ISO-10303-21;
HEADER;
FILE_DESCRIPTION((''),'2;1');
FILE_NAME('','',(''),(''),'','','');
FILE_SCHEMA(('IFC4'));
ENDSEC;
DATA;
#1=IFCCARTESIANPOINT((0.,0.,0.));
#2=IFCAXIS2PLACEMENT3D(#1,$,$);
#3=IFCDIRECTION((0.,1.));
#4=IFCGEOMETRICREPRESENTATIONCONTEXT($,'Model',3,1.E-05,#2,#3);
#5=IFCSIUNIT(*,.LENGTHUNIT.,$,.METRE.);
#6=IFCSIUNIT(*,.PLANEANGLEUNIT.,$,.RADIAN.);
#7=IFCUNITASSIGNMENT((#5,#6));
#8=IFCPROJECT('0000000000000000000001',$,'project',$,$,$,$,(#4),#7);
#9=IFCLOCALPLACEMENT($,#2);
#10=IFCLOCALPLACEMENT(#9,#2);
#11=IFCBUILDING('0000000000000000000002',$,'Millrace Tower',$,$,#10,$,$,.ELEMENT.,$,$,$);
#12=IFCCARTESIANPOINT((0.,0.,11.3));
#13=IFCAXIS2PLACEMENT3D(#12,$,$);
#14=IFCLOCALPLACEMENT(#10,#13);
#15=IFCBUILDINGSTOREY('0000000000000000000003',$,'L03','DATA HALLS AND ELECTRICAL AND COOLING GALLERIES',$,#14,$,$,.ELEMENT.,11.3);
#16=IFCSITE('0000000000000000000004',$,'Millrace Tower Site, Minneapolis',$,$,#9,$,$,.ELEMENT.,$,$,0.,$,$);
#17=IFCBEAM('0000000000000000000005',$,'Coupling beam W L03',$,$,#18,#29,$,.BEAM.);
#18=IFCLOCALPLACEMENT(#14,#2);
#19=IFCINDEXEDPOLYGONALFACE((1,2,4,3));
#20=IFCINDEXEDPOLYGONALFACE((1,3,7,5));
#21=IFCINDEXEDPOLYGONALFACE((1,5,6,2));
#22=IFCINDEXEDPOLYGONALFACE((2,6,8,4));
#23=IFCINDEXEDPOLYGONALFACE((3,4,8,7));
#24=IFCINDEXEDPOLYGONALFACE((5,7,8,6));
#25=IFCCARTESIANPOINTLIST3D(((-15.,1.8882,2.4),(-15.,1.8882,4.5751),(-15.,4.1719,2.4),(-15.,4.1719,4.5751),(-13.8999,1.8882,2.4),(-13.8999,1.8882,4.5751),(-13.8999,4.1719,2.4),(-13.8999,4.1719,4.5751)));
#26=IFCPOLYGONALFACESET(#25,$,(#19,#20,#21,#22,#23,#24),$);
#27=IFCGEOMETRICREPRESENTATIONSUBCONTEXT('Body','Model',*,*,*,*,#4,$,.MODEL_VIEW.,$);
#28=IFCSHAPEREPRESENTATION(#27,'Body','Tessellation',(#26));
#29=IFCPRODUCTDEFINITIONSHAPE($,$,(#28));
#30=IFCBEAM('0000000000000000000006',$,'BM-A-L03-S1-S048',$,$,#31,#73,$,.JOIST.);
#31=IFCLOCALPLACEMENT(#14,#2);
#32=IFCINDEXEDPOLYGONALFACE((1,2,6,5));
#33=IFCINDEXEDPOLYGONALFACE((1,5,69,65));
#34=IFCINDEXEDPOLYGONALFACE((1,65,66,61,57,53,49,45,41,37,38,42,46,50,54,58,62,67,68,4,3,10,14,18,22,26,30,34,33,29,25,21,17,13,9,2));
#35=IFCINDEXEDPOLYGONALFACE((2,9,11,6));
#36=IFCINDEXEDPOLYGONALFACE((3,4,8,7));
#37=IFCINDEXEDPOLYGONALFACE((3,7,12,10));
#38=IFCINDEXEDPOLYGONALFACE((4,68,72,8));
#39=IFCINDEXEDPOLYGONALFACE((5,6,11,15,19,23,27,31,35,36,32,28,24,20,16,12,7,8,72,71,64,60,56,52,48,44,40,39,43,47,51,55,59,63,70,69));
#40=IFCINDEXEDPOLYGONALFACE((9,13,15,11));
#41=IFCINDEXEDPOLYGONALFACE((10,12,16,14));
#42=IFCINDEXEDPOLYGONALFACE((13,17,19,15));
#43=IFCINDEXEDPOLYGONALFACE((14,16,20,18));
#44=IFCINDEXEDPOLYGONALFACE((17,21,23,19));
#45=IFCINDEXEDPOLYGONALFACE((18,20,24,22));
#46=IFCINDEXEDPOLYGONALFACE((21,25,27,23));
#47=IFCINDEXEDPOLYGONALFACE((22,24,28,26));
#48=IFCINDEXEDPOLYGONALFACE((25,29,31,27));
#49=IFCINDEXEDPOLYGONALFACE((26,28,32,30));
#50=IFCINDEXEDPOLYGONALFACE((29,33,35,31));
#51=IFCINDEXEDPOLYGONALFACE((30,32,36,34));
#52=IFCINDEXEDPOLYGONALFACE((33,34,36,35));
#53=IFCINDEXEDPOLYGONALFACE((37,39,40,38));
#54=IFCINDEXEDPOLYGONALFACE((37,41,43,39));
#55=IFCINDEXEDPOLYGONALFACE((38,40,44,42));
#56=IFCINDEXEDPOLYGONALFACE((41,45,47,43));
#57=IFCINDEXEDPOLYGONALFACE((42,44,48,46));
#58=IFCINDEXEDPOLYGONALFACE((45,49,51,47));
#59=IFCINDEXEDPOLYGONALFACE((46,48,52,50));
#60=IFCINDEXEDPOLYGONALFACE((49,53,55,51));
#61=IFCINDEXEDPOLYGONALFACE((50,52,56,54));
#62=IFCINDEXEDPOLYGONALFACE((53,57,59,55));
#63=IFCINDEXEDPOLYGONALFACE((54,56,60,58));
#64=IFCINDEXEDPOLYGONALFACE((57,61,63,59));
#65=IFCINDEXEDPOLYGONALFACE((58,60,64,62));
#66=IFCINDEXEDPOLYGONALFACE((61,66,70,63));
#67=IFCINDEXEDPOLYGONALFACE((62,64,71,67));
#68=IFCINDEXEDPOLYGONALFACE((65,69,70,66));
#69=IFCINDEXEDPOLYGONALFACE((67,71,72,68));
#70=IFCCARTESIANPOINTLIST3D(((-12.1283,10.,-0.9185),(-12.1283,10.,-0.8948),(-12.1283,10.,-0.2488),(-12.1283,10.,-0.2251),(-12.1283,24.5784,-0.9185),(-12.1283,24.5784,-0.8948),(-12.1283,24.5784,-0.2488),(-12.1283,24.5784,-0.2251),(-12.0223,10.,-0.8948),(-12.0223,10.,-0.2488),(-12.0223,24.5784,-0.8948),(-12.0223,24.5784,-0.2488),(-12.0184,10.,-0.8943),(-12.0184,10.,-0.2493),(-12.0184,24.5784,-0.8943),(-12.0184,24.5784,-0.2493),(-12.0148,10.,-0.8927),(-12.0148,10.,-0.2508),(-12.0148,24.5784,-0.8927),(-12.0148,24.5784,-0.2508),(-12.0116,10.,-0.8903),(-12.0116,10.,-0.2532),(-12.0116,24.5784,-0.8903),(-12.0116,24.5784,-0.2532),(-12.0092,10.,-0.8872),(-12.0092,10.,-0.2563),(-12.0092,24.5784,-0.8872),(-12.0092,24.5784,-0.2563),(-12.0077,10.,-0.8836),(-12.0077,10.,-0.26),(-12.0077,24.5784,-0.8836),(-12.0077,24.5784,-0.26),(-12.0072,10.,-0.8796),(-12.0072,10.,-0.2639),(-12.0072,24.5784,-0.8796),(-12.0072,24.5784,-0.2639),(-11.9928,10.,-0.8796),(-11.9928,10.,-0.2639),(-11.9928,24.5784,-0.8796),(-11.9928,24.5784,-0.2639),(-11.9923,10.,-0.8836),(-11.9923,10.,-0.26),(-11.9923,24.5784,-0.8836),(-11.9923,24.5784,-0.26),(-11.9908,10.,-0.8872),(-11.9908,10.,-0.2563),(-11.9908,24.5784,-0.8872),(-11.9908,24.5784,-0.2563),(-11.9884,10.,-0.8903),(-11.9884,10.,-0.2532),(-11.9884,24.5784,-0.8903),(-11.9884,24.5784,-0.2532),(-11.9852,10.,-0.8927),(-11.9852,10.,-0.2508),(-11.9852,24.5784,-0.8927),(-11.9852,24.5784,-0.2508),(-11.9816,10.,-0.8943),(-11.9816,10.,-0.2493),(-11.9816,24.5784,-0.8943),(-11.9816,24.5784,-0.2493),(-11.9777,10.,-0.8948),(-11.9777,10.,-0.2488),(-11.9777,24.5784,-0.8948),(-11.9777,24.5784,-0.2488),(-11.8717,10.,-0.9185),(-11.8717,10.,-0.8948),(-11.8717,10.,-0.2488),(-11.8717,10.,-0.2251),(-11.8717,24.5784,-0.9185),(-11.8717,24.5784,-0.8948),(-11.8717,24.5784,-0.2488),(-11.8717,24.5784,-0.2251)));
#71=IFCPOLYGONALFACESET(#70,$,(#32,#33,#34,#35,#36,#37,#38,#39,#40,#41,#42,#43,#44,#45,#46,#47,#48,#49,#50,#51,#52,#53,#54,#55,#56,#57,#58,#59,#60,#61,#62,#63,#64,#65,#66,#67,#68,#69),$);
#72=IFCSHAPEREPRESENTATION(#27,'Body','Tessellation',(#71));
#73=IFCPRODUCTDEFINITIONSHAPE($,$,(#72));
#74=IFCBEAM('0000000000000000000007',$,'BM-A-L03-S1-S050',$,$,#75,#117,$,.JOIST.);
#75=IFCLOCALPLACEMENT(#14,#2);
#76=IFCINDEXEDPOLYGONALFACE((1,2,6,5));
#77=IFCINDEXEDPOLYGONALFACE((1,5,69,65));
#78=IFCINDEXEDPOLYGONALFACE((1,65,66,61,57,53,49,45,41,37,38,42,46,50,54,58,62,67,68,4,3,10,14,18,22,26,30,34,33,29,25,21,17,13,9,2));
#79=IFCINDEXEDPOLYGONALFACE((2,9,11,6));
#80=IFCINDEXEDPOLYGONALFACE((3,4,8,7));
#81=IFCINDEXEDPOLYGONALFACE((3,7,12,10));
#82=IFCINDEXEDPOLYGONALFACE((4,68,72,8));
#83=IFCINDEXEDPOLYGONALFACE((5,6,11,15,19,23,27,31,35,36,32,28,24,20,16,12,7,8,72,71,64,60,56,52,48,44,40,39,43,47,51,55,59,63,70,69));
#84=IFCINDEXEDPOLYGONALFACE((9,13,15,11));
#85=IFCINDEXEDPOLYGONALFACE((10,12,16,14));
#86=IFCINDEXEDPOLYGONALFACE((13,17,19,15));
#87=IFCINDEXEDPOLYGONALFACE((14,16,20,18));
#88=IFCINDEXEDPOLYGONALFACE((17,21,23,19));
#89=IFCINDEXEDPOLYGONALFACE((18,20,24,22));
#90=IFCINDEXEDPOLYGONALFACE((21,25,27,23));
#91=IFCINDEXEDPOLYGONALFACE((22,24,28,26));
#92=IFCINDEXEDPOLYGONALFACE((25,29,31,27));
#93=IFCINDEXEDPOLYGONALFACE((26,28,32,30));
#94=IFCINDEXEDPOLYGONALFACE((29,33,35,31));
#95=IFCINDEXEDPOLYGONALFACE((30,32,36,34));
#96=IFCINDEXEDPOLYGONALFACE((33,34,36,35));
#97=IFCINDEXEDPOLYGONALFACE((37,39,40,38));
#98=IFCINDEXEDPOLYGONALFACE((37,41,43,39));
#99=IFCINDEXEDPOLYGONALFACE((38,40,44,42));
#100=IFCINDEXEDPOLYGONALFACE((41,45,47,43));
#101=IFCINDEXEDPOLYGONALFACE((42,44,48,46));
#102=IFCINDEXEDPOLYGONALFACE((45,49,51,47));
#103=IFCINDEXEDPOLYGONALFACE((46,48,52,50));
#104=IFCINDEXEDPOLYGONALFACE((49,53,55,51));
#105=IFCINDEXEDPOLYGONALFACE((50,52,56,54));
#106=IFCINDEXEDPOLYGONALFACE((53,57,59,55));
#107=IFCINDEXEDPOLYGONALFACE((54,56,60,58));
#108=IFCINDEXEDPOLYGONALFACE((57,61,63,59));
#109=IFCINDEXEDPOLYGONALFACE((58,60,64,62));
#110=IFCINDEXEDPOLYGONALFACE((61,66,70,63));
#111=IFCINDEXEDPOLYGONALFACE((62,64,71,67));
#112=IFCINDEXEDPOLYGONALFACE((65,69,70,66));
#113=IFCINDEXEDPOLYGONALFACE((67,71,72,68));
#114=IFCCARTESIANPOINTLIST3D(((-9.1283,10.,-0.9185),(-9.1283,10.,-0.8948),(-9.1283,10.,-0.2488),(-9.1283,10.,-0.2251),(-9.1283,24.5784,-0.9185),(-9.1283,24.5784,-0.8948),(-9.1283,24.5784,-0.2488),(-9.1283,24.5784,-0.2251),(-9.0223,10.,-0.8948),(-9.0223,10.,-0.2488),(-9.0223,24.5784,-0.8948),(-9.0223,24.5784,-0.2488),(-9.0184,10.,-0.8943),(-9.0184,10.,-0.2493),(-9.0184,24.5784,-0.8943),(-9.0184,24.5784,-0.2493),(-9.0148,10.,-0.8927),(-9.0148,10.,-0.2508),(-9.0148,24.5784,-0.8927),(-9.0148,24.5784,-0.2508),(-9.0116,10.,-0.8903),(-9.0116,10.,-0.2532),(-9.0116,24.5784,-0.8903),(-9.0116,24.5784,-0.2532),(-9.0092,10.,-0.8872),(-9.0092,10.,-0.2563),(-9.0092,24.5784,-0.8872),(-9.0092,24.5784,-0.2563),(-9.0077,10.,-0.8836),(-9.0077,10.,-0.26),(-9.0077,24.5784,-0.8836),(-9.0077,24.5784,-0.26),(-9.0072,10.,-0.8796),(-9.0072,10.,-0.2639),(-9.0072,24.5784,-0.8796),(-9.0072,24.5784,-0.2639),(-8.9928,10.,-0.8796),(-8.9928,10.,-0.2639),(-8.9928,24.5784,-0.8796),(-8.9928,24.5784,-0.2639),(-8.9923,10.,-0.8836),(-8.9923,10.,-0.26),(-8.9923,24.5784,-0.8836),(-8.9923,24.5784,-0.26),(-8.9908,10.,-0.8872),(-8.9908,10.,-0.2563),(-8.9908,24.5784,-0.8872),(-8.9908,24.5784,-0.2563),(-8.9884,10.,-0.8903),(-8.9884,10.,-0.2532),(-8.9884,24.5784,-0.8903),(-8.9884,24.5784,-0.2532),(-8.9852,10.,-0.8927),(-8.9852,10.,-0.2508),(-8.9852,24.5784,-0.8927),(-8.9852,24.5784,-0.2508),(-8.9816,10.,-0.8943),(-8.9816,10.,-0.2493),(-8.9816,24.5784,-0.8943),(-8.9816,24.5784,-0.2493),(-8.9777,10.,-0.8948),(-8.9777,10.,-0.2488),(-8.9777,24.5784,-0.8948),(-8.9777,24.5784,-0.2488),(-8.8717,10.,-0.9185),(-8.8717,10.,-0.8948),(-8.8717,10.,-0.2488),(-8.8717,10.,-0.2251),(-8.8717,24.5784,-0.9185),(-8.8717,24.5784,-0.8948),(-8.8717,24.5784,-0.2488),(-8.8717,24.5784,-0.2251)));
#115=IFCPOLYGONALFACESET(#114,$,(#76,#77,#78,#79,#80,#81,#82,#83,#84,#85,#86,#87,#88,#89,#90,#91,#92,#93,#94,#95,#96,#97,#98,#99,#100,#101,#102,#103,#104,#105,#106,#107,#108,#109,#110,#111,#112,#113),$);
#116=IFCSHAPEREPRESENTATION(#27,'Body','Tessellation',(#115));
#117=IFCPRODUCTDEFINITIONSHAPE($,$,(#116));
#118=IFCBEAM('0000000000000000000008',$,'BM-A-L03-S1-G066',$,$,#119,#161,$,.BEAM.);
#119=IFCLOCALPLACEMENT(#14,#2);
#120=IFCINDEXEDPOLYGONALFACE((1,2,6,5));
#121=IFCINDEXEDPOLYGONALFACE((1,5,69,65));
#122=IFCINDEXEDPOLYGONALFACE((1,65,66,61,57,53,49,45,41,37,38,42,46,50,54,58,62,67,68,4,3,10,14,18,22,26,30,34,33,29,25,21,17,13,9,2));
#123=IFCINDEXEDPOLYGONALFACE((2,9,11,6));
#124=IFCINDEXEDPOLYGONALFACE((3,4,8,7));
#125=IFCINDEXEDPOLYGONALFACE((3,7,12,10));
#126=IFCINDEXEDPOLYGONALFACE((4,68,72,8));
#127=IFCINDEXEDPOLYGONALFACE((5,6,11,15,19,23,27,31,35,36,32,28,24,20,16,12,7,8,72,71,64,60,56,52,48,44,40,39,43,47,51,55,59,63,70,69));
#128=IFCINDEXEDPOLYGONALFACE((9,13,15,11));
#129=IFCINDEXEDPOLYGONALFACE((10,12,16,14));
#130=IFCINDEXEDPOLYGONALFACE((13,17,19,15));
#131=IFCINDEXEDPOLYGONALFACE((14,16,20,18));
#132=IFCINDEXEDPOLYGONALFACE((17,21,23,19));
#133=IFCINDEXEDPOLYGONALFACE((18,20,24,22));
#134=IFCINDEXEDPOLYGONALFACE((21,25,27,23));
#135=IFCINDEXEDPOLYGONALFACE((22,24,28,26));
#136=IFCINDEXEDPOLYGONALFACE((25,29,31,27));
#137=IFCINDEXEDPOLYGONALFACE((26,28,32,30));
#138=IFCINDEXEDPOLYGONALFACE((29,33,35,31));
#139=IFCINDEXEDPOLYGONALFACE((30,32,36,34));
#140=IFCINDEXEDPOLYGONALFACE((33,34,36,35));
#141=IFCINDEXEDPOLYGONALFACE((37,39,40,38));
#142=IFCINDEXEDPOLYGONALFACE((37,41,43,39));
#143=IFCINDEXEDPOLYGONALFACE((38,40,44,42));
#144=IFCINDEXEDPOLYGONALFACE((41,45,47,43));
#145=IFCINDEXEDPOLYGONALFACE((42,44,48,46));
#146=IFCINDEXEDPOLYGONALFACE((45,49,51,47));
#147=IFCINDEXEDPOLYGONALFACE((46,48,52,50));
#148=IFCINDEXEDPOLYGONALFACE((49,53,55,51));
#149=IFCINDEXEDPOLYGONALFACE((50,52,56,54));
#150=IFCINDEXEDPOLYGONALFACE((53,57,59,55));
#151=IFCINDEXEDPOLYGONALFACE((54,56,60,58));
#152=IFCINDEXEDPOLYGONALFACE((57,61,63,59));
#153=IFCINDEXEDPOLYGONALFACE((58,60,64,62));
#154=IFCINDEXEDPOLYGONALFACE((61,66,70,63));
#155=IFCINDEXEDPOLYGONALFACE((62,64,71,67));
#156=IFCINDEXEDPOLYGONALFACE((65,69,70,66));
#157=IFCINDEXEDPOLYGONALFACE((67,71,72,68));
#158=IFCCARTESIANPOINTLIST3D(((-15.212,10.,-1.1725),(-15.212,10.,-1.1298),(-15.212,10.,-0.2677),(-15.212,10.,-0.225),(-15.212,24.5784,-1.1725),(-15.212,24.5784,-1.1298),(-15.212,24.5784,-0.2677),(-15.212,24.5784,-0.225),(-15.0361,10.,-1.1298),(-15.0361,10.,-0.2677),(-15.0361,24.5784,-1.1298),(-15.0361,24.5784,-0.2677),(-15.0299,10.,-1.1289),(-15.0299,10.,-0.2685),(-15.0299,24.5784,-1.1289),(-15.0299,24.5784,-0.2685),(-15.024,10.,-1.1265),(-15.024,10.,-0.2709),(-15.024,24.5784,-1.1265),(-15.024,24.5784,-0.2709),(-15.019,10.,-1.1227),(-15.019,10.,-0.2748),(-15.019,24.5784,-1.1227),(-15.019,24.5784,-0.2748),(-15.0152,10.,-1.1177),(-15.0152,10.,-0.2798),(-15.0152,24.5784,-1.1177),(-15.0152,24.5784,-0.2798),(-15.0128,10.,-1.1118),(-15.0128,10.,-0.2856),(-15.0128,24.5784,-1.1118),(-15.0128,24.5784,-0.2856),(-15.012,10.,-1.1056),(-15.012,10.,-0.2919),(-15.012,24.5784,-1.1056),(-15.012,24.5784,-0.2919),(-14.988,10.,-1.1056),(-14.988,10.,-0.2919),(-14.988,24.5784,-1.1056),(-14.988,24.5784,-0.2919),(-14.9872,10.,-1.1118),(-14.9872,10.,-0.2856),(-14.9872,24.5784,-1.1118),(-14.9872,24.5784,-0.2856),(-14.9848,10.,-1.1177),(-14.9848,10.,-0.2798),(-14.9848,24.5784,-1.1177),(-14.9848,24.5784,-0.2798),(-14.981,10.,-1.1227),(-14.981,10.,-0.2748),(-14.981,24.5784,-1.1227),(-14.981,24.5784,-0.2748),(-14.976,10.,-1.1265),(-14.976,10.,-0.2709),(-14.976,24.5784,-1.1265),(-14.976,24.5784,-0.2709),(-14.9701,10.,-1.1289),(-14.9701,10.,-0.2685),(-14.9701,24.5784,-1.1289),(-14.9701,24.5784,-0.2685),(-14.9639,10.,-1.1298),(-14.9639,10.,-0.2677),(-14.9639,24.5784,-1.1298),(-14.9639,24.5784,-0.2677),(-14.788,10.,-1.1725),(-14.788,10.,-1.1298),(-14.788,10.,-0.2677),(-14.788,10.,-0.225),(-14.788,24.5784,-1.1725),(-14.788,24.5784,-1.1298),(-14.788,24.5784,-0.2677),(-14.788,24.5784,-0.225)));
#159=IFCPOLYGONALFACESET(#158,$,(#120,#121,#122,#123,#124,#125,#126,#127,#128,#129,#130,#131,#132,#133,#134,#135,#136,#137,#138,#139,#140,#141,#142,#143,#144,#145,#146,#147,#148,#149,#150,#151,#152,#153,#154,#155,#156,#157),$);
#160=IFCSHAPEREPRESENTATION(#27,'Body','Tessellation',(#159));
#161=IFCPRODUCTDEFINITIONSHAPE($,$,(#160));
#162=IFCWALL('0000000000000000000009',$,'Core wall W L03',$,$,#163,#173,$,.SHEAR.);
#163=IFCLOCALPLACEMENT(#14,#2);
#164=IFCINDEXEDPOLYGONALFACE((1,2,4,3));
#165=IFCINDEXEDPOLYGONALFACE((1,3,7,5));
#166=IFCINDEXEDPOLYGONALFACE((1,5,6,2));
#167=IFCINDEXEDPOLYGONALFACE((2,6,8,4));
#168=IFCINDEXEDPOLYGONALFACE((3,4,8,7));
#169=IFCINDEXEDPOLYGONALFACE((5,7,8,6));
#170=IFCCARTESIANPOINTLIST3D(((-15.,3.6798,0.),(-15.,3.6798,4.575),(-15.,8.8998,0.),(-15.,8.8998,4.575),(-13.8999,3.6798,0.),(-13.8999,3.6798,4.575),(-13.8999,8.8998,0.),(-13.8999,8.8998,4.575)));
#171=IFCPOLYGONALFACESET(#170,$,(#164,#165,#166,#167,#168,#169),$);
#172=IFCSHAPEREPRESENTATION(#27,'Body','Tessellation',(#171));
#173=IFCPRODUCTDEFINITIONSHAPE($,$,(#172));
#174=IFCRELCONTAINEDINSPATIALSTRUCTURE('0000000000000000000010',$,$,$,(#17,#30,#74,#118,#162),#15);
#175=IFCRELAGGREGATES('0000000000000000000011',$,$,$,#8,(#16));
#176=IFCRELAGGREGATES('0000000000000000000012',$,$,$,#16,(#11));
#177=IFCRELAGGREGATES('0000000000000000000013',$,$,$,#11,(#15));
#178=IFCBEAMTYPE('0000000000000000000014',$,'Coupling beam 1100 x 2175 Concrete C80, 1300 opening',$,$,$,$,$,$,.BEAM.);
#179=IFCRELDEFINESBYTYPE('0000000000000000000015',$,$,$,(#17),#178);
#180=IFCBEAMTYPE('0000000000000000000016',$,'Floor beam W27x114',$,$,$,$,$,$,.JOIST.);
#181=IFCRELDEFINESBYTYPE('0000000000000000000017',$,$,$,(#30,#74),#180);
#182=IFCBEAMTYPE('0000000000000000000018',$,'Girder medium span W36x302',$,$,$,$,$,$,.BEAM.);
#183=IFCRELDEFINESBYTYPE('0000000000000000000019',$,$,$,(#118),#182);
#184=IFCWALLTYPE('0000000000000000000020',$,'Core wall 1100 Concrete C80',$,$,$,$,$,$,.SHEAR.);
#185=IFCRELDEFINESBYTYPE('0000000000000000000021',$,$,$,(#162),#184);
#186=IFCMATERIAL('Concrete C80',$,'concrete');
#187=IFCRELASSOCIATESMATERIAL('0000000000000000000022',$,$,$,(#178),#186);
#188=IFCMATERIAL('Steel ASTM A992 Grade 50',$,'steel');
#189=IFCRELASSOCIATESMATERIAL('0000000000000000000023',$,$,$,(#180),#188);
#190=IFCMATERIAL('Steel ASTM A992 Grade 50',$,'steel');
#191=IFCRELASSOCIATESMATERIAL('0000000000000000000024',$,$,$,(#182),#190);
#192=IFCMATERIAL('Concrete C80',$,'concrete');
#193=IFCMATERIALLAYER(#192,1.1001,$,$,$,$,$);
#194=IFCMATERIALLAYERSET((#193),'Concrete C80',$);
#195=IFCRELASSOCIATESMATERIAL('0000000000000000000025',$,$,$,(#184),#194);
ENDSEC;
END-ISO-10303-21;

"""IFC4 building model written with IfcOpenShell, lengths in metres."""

from ifc_helpers import new_model, si_unit, direction, frame, frame_2d, origin, origin_2d, place, context, subcontext, project, spatial, rectangle, i_section, extrude, material, layer, layer_set, material_profile, profile_set, type_object, element, save


model = new_model("IFC4")

# Units and contexts
model_context = context("Model", 3, precision=1e-05, world=origin(), true_north=direction((0.0, 1.0)))
body_context = subcontext(model_context, "Body", "Model", "MODEL_VIEW")
ifc_project = project(units=[si_unit("LENGTHUNIT", "METRE"), si_unit("PLANEANGLEUNIT", "RADIAN")], contexts=[model_context])

# Site, building, storey
site_placement = place(None, origin())
site = spatial("IfcSite", under=ifc_project, at=site_placement, Name="Millrace Tower Site, Minneapolis", CompositionType="ELEMENT", RefElevation=0.0)
building_placement = place(site_placement, origin())
building = spatial("IfcBuilding", under=site, at=building_placement, Name="Millrace Tower", CompositionType="ELEMENT")
storey_placement = place(building_placement, frame((0.0, 0.0, 11.3)))
storey = spatial("IfcBuildingStorey", under=building, at=storey_placement, Name="L03", Description="DATA HALLS AND ELECTRICAL AND COOLING GALLERIES", CompositionType="ELEMENT", Elevation=11.3)

# Beams
ifc_material_1 = material(Name="Concrete C80", Category="concrete")
ifc_material_profile_1 = material_profile(ifc_material_1, rectangle(XDim=1.1001, YDim=2.175, at=origin_2d()))
ifc_profile_set_1 = profile_set([ifc_material_profile_1], Name="Concrete C80")
beam_type_1 = type_object("IfcBeamType", Name="Coupling beam 1100 x 2175 Concrete C80, 1300 opening", PredefinedType="BEAM", material=ifc_profile_set_1)
beam_1_placement = place(storey_placement, frame((-14.45, 1.8882, 3.4875), z_axis=(0.0, 1.0, 0.0), x_axis=(-1.0, 0.0, 0.0)))
element("IfcBeam", 1, at=beam_1_placement, inside=storey, type_object=beam_type_1, Name="Coupling beam W L03", PredefinedType="BEAM", context=body_context, shape_type="SweptSolid", body=[
    extrude(rectangle(XDim=1.1001, YDim=2.175, at=origin_2d()), origin(), (0.0, 0.0, 1.0), 2.2837),
])
ifc_material_2 = material(Name="Steel ASTM A992 Grade 50", Category="steel")
ifc_material_profile_2 = material_profile(ifc_material_2, i_section(OverallWidth=0.2566, OverallDepth=0.6934, WebThickness=0.0144, FlangeThickness=0.0237, FilletRadius=0.0151, at=origin_2d()))
ifc_profile_set_2 = profile_set([ifc_material_profile_2], Name="Steel ASTM A992 Grade 50")
beam_type_2 = type_object("IfcBeamType", Name="Floor beam W27x114", PredefinedType="JOIST", material=ifc_profile_set_2)
for number, where, z_axis, x_axis, name in (
    (2, (-12.0, 10.0, -0.5718), (0.0, 1.0, 0.0), (-1.0, 0.0, 0.0), "BM-A-L03-S1-S048"),
    (3, (-9.0, 10.0, -0.5718), (0.0, 1.0, 0.0), (-1.0, 0.0, 0.0), "BM-A-L03-S1-S050"),
):
    element("IfcBeam", number, at=place(storey_placement, frame(where, z_axis=z_axis, x_axis=x_axis)), inside=storey, type_object=beam_type_2, Name=name, PredefinedType="JOIST", context=body_context, shape_type="SweptSolid", body=[
        extrude(i_section(OverallWidth=0.2566, OverallDepth=0.6934, WebThickness=0.0144, FlangeThickness=0.0237, FilletRadius=0.0151, at=origin_2d()), origin(), (0.0, 0.0, 1.0), 14.5784),
    ])
ifc_material_3 = material(Name="Steel ASTM A992 Grade 50", Category="steel")
ifc_material_profile_3 = material_profile(ifc_material_3, i_section(OverallWidth=0.4241, OverallDepth=0.9475, WebThickness=0.0239, FlangeThickness=0.0427, FilletRadius=0.0242, at=origin_2d()))
ifc_profile_set_3 = profile_set([ifc_material_profile_3], Name="Steel ASTM A992 Grade 50")
beam_type_3 = type_object("IfcBeamType", Name="Girder medium span W36x302", PredefinedType="BEAM", material=ifc_profile_set_3)
beam_2_placement = place(storey_placement, frame((-15.0, 10.0, -0.6987), z_axis=(0.0, 1.0, 0.0), x_axis=(-1.0, 0.0, 0.0)))
element("IfcBeam", 4, at=beam_2_placement, inside=storey, type_object=beam_type_3, Name="BM-A-L03-S1-G066", PredefinedType="BEAM", context=body_context, shape_type="SweptSolid", body=[
    extrude(i_section(OverallWidth=0.4241, OverallDepth=0.9475, WebThickness=0.0239, FlangeThickness=0.0427, FilletRadius=0.0242, at=origin_2d()), origin(), (0.0, 0.0, 1.0), 14.5784),
])

# Wall
ifc_material_4 = material(Name="Concrete C80", Category="concrete")
ifc_layer_1 = layer(ifc_material_4, 1.1001)
ifc_layer_set_1 = layer_set([ifc_layer_1], Name="Concrete C80")
wall_type_1 = type_object("IfcWallType", Name="Core wall 1100 Concrete C80", PredefinedType="SHEAR", material=ifc_layer_set_1)
wall_1_placement = place(storey_placement, frame((-14.45, 3.6799, 0.0), z_axis=(0.0, 0.0, 1.0), x_axis=(0.0, 1.0, 0.0)))
element("IfcWall", 5, at=wall_1_placement, inside=storey, type_object=wall_type_1, Name="Core wall W L03", PredefinedType="SHEAR", context=body_context, shape_type="SweptSolid", body=[
    extrude(rectangle(XDim=5.22, YDim=1.1001, at=frame_2d((2.6099, 0.0))), origin(), (0.0, 0.0, 1.0), 4.575),
])

save(model, "model.ifc")
